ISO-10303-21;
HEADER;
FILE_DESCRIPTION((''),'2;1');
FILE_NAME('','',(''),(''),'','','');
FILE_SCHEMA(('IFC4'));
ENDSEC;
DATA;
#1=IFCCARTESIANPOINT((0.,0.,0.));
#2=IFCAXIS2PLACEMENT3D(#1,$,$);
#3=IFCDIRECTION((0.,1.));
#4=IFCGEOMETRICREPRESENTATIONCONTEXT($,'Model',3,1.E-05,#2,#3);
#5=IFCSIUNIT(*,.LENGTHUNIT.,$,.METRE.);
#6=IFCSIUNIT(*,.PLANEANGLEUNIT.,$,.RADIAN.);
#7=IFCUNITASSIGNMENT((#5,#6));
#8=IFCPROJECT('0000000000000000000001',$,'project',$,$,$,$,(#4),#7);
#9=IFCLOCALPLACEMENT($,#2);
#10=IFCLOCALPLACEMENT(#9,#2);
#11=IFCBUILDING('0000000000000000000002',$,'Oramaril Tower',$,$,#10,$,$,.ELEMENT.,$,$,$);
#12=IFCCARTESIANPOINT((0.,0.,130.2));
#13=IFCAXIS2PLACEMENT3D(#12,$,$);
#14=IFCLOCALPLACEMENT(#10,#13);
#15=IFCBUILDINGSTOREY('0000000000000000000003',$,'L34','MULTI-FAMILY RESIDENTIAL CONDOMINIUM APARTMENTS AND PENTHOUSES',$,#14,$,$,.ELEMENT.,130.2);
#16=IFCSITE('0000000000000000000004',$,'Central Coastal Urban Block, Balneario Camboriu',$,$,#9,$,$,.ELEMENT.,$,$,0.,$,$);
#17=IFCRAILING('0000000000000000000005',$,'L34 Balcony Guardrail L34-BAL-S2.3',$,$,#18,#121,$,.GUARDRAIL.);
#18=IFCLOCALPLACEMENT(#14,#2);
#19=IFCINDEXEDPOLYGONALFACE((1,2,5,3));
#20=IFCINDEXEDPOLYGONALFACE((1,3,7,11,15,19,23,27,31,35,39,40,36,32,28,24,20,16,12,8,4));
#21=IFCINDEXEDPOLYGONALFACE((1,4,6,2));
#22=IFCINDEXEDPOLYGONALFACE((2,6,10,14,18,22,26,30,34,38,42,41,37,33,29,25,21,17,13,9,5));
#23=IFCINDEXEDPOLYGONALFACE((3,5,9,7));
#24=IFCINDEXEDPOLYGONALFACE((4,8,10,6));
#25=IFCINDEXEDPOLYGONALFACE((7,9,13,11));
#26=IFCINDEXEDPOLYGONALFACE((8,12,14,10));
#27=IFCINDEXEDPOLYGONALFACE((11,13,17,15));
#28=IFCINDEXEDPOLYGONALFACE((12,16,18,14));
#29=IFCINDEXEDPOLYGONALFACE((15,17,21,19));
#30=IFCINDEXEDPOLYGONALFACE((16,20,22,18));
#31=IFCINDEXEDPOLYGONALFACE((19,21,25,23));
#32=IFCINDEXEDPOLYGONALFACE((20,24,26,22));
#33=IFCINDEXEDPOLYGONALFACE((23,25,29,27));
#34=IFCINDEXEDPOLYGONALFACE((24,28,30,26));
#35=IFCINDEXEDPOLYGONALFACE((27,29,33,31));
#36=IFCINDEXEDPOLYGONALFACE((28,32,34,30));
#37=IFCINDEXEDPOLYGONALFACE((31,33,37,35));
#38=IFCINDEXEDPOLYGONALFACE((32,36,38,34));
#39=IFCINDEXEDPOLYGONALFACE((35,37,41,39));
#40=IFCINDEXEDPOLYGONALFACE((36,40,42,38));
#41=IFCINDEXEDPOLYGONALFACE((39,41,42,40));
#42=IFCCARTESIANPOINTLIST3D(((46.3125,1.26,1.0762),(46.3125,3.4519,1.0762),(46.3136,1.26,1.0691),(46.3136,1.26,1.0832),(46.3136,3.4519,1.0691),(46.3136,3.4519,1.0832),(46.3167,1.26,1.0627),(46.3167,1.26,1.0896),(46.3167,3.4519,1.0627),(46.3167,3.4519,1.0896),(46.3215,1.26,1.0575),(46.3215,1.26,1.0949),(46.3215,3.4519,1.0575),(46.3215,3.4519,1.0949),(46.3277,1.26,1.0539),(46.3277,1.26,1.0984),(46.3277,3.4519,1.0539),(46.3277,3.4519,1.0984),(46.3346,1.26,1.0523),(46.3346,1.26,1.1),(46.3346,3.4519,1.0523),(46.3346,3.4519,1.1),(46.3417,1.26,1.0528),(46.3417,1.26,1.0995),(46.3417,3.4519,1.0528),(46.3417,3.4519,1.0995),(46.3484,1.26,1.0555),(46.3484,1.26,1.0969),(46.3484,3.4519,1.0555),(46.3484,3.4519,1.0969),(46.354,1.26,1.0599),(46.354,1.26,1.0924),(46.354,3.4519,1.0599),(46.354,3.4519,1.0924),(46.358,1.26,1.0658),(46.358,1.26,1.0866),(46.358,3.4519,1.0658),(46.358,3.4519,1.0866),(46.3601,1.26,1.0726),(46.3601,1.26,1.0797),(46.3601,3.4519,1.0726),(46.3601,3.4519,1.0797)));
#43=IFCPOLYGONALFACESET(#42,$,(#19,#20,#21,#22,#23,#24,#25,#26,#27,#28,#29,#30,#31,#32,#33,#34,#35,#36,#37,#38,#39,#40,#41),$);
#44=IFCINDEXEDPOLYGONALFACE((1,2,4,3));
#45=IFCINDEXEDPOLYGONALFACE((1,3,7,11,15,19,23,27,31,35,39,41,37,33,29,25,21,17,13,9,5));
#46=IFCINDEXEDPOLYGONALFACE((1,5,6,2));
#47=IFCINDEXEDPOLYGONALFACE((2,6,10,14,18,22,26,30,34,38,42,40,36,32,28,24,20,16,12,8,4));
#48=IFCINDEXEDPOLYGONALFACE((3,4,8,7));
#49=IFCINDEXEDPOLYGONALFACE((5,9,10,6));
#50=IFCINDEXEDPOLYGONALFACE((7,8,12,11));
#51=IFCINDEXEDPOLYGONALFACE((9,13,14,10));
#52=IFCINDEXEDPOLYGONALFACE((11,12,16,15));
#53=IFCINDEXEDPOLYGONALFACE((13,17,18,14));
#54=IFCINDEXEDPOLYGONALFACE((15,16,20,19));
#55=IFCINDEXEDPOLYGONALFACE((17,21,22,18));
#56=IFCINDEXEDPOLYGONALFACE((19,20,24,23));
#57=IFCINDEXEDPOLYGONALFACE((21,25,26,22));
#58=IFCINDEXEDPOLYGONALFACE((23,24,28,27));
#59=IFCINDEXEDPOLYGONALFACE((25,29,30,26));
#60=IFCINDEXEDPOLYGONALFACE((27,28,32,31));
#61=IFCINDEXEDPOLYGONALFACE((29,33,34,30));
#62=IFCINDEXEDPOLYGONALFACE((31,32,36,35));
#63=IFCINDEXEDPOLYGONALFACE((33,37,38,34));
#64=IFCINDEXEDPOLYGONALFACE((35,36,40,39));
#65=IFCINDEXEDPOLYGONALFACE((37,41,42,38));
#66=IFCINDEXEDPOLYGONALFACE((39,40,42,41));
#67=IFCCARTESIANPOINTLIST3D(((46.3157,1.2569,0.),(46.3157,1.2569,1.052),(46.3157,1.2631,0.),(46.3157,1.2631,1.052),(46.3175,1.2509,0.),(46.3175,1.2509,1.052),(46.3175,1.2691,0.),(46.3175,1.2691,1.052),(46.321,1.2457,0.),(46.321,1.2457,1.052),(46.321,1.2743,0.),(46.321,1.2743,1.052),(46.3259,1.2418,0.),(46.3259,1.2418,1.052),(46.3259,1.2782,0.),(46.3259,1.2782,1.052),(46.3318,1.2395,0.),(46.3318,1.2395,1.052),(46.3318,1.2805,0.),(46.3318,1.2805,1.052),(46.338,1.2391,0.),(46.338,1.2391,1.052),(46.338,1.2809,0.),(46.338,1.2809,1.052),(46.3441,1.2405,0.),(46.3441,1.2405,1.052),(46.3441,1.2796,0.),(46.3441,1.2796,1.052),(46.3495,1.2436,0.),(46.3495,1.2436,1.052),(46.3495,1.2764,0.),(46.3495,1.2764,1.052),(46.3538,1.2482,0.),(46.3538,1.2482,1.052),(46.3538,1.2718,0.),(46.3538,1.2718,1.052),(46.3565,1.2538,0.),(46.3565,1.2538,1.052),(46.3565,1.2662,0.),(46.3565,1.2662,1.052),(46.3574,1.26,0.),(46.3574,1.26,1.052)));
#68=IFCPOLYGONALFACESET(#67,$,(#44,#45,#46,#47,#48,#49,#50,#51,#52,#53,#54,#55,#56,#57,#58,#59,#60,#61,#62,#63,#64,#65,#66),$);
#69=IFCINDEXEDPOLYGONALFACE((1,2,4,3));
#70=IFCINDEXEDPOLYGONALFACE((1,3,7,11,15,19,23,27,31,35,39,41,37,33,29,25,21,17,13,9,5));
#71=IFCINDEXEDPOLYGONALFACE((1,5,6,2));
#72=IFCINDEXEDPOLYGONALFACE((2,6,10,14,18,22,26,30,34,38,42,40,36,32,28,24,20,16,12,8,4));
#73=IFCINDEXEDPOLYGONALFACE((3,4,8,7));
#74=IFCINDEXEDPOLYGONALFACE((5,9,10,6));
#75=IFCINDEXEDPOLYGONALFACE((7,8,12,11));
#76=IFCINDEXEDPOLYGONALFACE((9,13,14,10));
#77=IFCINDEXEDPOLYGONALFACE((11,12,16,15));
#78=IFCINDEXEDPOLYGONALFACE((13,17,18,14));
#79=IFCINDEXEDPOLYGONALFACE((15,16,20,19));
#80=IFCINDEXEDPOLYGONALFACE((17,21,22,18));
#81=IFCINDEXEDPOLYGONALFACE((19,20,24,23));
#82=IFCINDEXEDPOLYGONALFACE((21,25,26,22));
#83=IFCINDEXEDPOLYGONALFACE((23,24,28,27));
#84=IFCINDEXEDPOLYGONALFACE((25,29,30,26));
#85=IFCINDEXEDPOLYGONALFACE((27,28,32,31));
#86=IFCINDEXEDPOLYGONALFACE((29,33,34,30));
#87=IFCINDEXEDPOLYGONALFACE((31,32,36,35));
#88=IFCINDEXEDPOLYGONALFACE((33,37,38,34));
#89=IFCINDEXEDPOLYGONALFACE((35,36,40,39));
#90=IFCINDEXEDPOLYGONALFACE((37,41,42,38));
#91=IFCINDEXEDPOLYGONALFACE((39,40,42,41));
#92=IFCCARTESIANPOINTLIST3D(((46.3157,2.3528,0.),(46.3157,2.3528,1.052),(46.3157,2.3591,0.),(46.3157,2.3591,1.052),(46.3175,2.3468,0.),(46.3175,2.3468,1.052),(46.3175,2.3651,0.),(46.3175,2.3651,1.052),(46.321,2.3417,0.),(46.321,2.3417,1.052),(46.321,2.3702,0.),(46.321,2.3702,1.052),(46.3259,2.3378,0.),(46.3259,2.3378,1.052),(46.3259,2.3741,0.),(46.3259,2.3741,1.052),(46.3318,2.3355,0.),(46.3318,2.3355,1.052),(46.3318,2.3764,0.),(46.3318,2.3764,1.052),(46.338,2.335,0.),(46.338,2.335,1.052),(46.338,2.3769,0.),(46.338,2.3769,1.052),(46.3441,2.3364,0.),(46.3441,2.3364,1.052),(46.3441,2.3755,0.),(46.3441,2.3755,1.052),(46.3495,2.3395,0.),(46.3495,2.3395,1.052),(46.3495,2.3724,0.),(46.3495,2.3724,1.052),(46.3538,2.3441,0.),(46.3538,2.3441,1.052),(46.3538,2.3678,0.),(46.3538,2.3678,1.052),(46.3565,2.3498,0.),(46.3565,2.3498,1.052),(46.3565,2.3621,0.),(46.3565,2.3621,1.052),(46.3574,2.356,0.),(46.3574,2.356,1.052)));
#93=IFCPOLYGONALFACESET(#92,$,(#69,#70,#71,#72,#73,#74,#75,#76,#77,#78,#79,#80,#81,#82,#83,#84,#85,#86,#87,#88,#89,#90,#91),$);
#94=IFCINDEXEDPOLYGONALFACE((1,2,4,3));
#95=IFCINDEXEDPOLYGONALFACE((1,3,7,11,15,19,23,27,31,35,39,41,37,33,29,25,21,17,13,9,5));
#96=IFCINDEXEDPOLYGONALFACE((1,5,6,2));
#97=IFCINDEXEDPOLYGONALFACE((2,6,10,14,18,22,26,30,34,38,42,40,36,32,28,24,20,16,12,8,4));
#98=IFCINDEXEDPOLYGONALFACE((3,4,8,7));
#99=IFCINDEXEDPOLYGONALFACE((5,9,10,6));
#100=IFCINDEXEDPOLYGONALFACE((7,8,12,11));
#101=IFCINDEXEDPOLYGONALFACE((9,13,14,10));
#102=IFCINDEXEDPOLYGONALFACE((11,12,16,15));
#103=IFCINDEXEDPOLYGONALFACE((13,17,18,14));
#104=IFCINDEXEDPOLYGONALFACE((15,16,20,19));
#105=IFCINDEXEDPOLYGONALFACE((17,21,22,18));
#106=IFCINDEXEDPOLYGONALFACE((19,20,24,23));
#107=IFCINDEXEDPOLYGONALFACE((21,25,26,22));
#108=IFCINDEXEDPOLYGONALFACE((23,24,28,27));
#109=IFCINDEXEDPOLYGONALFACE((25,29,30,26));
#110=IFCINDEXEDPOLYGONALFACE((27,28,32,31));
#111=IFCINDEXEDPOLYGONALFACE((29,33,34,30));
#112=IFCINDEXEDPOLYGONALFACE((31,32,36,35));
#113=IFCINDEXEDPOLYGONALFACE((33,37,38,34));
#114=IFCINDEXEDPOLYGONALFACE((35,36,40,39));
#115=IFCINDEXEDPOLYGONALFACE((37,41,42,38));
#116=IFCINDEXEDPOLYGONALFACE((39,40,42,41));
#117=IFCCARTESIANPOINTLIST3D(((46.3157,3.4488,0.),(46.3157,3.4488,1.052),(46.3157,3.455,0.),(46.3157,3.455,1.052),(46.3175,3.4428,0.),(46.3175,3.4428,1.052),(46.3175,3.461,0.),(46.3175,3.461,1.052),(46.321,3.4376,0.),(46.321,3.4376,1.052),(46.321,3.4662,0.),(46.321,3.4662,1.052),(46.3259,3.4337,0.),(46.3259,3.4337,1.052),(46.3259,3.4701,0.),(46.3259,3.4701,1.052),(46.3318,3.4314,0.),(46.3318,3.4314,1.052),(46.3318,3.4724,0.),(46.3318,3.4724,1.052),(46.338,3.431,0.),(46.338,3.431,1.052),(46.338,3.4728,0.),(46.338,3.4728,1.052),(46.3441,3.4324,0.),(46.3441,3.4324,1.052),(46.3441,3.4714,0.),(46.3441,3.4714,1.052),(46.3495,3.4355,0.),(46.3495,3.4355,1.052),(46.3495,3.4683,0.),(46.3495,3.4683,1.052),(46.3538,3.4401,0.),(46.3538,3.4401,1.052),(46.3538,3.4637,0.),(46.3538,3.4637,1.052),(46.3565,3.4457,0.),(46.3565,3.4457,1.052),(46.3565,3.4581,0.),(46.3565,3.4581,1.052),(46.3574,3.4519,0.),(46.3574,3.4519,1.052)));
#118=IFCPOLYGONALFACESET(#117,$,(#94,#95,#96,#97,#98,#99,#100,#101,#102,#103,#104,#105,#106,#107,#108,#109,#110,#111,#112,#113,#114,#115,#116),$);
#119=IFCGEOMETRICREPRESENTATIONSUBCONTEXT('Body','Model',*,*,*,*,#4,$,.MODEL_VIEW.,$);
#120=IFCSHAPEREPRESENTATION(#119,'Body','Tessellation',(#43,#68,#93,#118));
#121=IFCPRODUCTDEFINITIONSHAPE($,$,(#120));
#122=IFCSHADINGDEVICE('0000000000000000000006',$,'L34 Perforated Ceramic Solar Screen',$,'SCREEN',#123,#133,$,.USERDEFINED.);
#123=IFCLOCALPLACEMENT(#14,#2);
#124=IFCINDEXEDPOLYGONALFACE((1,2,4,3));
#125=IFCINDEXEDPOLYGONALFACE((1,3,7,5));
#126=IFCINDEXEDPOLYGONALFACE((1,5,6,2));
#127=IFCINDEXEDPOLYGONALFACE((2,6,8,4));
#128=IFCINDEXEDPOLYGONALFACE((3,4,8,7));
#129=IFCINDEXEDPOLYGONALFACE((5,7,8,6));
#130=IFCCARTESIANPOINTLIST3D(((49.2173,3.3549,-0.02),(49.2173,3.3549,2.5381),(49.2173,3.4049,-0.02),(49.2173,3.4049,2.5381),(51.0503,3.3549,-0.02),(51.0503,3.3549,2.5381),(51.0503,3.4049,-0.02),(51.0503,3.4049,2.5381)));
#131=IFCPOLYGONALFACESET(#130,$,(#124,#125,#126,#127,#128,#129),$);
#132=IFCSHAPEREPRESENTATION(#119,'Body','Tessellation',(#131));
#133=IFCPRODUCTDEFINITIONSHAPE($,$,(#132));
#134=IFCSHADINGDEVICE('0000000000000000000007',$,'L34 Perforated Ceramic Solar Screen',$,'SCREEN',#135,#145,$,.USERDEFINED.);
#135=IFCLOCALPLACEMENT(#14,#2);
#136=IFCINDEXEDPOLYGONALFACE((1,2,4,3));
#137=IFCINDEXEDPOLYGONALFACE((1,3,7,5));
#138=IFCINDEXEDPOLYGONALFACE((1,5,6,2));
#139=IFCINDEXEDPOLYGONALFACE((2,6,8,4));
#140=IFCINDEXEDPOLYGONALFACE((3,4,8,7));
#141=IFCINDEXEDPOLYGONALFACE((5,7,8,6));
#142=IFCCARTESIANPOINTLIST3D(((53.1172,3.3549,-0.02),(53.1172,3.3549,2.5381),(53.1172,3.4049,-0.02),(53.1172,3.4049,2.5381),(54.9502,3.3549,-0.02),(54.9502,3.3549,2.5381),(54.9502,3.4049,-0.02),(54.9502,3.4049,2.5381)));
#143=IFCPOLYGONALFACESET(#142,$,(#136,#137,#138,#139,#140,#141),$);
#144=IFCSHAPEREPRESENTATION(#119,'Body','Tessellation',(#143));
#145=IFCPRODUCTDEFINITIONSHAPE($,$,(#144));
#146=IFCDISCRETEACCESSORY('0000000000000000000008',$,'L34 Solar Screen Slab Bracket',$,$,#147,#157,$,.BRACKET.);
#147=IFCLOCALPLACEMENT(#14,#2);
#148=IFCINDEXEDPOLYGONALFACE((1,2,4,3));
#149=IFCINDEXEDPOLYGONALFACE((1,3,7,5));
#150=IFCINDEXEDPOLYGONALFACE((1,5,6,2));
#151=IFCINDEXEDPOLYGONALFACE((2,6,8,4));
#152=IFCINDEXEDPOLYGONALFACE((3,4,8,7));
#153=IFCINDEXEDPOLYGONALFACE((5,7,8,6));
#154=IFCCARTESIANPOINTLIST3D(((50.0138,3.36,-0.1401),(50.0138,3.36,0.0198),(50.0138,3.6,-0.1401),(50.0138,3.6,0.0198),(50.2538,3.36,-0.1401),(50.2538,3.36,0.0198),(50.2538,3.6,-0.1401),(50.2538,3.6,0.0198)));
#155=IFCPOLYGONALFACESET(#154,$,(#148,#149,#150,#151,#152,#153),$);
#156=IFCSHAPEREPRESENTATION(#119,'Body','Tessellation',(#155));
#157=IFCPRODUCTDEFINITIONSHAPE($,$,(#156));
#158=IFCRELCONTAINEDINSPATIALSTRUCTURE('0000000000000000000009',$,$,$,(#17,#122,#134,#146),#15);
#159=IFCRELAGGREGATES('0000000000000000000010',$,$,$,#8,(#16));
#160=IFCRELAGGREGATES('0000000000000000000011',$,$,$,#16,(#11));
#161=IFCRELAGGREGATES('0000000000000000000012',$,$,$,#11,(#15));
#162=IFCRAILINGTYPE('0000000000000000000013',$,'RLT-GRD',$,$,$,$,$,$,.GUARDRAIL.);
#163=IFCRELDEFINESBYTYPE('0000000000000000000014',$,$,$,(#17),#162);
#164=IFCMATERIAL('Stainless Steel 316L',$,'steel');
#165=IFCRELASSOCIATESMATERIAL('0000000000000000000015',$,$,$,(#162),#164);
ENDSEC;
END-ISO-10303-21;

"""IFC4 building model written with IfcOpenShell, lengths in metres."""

from ifc_helpers import new_model, si_unit, direction, frame, origin, origin_2d, place, context, subcontext, project, spatial, rectangle, circle, extrude, material, type_object, element, save


model = new_model("IFC4")

# Units and contexts
model_context = context("Model", 3, precision=1e-05, world=origin(), true_north=direction((0.0, 1.0)))
body_context = subcontext(model_context, "Body", "Model", "MODEL_VIEW")
ifc_project = project(units=[si_unit("LENGTHUNIT", "METRE"), si_unit("PLANEANGLEUNIT", "RADIAN")], contexts=[model_context])

# Site, building, storey
site_placement = place(None, origin())
site = spatial("IfcSite", under=ifc_project, at=site_placement, Name="Central Coastal Urban Block, Balneario Camboriu", CompositionType="ELEMENT", RefElevation=0.0)
building_placement = place(site_placement, origin())
building = spatial("IfcBuilding", under=site, at=building_placement, Name="Oramaril Tower", CompositionType="ELEMENT")
storey_placement = place(building_placement, frame((0.0, 0.0, 130.2)))
storey = spatial("IfcBuildingStorey", under=building, at=storey_placement, Name="L34", Description="MULTI-FAMILY RESIDENTIAL CONDOMINIUM APARTMENTS AND PENTHOUSES", CompositionType="ELEMENT", Elevation=130.2)

# Railing
ifc_material_1 = material(Name="Stainless Steel 316L", Category="steel")
railing_type = type_object("IfcRailingType", Name="RLT-GRD", PredefinedType="GUARDRAIL", material=ifc_material_1)
railing_1_placement = place(storey_placement, frame((46.3364, 1.26, 0.0)))
element("IfcRailing", 1, at=railing_1_placement, inside=storey, type_object=railing_type, Name="L34 Balcony Guardrail L34-BAL-S2.3", PredefinedType="GUARDRAIL", context=body_context, shape_type="SweptSolid", body=[
    extrude(circle(Radius=0.0239, at=origin_2d()), frame((0.0, 0.0, 1.0762), z_axis=(0.0, 1.0, 0.0), x_axis=(-1.0, 0.0, 0.0)), (0.0, 0.0, 1.0), 2.1919),
    extrude(circle(Radius=0.021, at=origin_2d()), origin(), (0.0, 0.0, 1.0), 1.052),
    extrude(circle(Radius=0.021, at=origin_2d()), frame((0.0, 1.0959, 0.0)), (0.0, 0.0, 1.0), 1.052),
    extrude(circle(Radius=0.021, at=origin_2d()), frame((0.0, 2.1919, 0.0)), (0.0, 0.0, 1.0), 1.052),
])

# Shading devices
for number, where, z_axis, x_axis, name in (
    (2, (50.1338, 3.3799, -0.02), (0.0, 0.0, 1.0), (1.0, 0.0, 0.0), "L34 Perforated Ceramic Solar Screen"),
    (3, (54.0337, 3.3799, -0.02), (0.0, 0.0, 1.0), (1.0, 0.0, 0.0), "L34 Perforated Ceramic Solar Screen"),
):
    element("IfcShadingDevice", number, at=place(storey_placement, frame(where, z_axis=z_axis, x_axis=x_axis)), inside=storey, Name=name, ObjectType="SCREEN", PredefinedType="USERDEFINED", context=body_context, shape_type="SweptSolid", body=[
        extrude(rectangle(XDim=1.833, YDim=0.05, at=origin_2d()), origin(), (0.0, 0.0, 1.0), 2.5581),
    ])

# Discrete accessory
discrete_accessory_placement = place(storey_placement, frame((50.1338, 3.48, -0.1401), z_axis=(0.0, 0.0, 1.0), x_axis=(1.0, 0.0, 0.0)))
element("IfcDiscreteAccessory", 4, at=discrete_accessory_placement, inside=storey, Name="L34 Solar Screen Slab Bracket", PredefinedType="BRACKET", context=body_context, shape_type="SweptSolid", body=[
    extrude(rectangle(XDim=0.24, YDim=0.24, at=origin_2d()), origin(), (0.0, 0.0, 1.0), 0.1599),
])

save(model, "model.ifc")
